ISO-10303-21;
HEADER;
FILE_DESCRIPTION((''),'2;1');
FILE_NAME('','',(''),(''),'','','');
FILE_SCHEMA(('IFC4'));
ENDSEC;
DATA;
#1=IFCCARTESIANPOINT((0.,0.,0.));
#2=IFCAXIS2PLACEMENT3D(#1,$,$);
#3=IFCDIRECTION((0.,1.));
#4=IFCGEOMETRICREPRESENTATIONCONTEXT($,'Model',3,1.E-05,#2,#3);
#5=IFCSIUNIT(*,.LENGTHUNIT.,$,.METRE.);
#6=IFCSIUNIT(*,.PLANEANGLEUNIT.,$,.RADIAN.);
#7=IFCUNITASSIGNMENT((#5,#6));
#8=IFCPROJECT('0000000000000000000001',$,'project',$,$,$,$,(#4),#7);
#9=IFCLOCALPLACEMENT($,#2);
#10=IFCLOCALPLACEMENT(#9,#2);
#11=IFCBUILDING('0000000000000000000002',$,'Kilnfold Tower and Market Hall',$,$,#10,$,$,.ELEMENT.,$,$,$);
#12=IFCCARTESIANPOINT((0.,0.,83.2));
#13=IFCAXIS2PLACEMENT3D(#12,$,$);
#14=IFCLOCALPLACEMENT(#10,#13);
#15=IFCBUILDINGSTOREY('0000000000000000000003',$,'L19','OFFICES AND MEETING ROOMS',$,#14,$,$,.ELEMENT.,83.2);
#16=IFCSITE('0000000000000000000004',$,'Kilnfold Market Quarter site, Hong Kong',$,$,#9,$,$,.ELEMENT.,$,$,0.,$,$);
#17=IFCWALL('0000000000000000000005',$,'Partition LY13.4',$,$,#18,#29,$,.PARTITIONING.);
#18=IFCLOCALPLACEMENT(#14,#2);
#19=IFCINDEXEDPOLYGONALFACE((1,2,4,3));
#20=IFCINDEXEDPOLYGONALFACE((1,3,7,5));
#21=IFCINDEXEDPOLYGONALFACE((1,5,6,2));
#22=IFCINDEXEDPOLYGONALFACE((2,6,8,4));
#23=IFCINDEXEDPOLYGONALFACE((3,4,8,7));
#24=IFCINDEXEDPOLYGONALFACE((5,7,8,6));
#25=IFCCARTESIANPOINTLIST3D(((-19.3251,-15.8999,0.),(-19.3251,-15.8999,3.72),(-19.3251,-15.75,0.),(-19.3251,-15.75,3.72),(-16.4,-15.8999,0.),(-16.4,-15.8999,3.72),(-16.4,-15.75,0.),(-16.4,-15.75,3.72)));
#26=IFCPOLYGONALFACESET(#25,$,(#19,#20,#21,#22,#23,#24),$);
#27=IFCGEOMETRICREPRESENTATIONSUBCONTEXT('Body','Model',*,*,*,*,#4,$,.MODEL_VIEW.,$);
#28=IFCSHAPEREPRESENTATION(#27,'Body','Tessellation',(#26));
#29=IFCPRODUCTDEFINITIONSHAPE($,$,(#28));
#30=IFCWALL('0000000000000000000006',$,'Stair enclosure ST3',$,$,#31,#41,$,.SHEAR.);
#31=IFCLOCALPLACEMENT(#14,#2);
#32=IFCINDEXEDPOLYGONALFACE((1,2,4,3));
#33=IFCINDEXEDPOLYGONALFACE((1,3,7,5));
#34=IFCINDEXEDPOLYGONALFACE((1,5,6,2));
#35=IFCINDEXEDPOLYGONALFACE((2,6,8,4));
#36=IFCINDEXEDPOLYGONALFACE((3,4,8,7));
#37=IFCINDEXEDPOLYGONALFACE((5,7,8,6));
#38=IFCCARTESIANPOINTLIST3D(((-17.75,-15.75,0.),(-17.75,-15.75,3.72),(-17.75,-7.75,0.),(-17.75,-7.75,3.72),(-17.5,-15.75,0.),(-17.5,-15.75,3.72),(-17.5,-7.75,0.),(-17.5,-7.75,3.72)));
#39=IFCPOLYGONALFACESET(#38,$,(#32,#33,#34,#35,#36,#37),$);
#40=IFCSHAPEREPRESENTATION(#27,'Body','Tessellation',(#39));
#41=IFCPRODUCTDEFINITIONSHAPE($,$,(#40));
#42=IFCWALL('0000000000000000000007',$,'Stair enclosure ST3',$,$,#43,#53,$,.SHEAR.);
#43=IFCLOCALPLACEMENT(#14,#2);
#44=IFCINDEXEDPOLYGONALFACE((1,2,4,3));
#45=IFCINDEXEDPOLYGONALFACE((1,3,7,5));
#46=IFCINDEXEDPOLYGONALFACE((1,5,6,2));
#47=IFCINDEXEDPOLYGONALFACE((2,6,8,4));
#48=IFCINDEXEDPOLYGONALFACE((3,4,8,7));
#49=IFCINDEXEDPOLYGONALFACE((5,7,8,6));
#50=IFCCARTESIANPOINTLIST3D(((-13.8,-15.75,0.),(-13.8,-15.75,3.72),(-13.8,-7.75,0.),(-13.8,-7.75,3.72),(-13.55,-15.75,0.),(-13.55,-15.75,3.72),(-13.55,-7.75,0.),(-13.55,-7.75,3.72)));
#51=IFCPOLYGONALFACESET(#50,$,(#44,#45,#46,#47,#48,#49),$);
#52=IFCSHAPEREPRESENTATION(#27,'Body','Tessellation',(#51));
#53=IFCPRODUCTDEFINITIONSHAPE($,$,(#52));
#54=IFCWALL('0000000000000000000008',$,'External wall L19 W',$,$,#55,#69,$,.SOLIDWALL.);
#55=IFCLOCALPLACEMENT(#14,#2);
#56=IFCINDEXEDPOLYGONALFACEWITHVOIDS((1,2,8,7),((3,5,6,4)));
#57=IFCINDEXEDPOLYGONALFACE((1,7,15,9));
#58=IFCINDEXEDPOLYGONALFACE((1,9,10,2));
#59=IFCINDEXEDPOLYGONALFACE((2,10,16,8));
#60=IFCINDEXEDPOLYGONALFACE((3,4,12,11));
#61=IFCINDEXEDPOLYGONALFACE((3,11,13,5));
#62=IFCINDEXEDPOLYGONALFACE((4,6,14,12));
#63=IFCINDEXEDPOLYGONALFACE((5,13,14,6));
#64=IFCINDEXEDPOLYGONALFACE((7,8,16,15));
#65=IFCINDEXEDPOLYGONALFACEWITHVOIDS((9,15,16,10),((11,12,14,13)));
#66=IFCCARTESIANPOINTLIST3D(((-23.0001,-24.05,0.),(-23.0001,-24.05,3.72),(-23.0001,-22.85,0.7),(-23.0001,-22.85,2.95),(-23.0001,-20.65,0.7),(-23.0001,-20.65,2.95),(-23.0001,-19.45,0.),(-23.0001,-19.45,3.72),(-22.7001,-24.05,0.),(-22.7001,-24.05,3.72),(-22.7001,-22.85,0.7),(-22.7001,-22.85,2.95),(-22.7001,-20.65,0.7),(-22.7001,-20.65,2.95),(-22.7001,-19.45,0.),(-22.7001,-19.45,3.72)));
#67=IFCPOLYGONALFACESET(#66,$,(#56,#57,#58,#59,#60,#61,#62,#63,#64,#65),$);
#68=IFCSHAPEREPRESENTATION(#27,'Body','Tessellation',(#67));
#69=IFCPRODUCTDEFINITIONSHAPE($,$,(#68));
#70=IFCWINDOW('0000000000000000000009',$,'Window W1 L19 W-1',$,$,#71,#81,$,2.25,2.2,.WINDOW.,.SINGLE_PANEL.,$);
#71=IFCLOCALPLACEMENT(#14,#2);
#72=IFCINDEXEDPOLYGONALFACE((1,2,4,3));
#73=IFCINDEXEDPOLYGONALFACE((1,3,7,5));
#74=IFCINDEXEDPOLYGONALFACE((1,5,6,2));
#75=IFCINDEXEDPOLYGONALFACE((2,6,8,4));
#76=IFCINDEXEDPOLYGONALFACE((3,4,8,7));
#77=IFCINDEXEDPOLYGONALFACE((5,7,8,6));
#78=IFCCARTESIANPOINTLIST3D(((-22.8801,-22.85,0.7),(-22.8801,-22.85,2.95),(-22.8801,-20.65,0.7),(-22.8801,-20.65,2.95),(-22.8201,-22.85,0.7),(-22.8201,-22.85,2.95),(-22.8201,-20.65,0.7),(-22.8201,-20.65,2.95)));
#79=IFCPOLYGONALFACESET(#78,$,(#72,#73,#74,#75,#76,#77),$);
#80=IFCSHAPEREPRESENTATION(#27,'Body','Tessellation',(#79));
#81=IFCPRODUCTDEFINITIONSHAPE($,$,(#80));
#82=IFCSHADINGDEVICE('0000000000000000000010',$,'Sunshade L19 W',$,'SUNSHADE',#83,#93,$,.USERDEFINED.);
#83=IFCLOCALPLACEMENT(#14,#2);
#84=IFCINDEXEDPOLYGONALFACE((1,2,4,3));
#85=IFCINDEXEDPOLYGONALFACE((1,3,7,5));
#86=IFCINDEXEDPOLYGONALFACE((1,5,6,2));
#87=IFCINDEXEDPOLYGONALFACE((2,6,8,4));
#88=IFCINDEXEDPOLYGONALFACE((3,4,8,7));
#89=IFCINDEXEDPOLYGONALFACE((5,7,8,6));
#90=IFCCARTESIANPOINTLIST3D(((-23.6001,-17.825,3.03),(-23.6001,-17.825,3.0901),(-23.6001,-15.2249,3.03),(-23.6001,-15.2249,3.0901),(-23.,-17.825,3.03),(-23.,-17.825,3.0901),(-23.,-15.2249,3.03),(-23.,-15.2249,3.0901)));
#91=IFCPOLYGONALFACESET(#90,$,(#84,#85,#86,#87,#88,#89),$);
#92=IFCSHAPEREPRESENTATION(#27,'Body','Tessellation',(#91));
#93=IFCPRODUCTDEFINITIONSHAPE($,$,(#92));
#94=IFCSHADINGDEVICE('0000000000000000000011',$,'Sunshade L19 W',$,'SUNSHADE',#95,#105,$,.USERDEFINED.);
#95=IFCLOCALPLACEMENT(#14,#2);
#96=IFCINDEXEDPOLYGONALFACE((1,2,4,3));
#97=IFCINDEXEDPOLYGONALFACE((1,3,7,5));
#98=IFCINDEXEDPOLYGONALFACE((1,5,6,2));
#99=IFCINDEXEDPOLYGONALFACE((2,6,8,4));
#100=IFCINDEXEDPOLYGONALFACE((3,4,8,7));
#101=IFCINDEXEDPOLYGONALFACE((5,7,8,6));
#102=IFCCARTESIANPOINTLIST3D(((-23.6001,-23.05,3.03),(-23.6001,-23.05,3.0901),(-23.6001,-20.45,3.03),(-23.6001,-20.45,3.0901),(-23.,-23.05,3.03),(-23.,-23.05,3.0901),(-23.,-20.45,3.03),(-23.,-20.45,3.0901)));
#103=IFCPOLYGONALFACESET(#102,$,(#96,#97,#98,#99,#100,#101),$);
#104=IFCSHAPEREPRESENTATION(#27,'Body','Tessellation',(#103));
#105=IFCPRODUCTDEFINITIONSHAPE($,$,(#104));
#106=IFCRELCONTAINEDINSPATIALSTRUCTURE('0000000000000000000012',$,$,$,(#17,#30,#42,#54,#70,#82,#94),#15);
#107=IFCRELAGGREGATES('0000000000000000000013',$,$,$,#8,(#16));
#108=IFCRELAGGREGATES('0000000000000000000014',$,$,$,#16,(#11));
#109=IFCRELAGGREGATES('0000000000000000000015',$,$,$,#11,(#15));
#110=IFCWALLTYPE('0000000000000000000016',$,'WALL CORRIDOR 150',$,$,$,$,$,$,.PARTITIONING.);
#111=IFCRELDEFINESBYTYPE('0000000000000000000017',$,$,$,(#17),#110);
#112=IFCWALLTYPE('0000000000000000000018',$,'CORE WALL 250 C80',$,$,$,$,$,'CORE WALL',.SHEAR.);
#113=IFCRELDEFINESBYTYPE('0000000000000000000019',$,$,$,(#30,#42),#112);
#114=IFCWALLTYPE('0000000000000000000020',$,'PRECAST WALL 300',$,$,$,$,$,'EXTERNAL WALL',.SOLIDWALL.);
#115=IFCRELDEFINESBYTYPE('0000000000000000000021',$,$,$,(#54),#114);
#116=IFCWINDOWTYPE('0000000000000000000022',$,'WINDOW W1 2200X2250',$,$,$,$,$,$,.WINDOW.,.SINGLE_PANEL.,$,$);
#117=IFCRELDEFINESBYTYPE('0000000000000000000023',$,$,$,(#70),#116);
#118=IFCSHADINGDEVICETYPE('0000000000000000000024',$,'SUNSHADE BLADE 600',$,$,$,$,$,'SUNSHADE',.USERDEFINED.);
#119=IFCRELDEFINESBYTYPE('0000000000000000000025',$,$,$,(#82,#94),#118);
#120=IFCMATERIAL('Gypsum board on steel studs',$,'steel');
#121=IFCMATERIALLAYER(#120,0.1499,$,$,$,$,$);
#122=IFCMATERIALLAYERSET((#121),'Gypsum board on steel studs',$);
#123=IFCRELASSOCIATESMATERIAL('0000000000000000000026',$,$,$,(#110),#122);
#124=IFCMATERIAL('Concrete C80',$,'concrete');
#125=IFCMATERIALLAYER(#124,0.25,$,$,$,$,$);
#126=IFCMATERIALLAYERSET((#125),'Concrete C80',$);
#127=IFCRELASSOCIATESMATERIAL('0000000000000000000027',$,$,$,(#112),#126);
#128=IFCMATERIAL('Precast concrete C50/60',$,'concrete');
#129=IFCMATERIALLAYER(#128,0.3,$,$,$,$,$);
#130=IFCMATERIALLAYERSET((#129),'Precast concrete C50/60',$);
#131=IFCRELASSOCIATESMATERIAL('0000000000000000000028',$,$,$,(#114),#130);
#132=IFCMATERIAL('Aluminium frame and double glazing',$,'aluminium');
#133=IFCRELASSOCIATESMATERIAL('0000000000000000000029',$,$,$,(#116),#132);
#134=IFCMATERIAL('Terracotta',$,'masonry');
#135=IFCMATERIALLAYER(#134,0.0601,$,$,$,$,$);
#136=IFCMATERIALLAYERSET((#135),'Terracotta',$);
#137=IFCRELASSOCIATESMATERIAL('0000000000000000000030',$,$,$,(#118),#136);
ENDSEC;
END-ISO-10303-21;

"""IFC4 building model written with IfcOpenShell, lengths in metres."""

from ifc_helpers import new_model, si_unit, direction, frame, frame_2d, origin, origin_2d, place, context, subcontext, project, spatial, rectangle, extrude, source, transform, mapped, material, layer, layer_set, type_object, element, fill, save


model = new_model("IFC4")

# Units and contexts
model_context = context("Model", 3, precision=1e-05, world=origin(), true_north=direction((0.0, 1.0)))
body_context = subcontext(model_context, "Body", "Model", "MODEL_VIEW")
ifc_project = project(units=[si_unit("LENGTHUNIT", "METRE"), si_unit("PLANEANGLEUNIT", "RADIAN")], contexts=[model_context])

# Site, building, storey
site_placement = place(None, origin())
site = spatial("IfcSite", under=ifc_project, at=site_placement, Name="Kilnfold Market Quarter site, Hong Kong", CompositionType="ELEMENT", RefElevation=0.0)
building_placement = place(site_placement, origin())
building = spatial("IfcBuilding", under=site, at=building_placement, Name="Kilnfold Tower and Market Hall", CompositionType="ELEMENT")
storey_placement = place(building_placement, frame((0.0, 0.0, 83.2)))
storey = spatial("IfcBuildingStorey", under=building, at=storey_placement, Name="L19", Description="OFFICES AND MEETING ROOMS", CompositionType="ELEMENT", Elevation=83.2)

# Shared definitions
ifc_material_1 = material(Name="Gypsum board on steel studs", Category="steel")
ifc_layer_1 = layer(ifc_material_1, 0.1499)
ifc_layer_set_1 = layer_set([ifc_layer_1], Name="Gypsum board on steel studs")
wall_type_1 = type_object("IfcWallType", Name="WALL CORRIDOR 150", PredefinedType="PARTITIONING", material=ifc_layer_set_1)

# Walls
wall_1_placement = place(storey_placement, frame((-19.325, -15.825, 0.0), z_axis=(0.0, 0.0, 1.0), x_axis=(1.0, 0.0, 0.0)))
element("IfcWall", 1, at=wall_1_placement, inside=storey, type_object=wall_type_1, Name="Partition LY13.4", PredefinedType="PARTITIONING", context=body_context, shape_type="SweptSolid", body=[
    extrude(rectangle(XDim=2.925, YDim=0.1499, at=frame_2d((1.4624, 0.0))), origin(), (0.0, 0.0, 1.0), 3.72),
])
ifc_material_2 = material(Name="Concrete C80", Category="concrete")
ifc_layer_2 = layer(ifc_material_2, 0.25)
ifc_layer_set_2 = layer_set([ifc_layer_2], Name="Concrete C80")
wall_type_2 = type_object("IfcWallType", Name="CORE WALL 250 C80", ElementType="CORE WALL", PredefinedType="SHEAR", material=ifc_layer_set_2)
shared_shape_1 = source(origin(), body_context, "Body", "SweptSolid", [
    extrude(rectangle(XDim=8.0, YDim=0.25, at=frame_2d((4.0, 0.0))), origin(), (0.0, 0.0, 1.0), 3.72),
])
for number, where, z_axis, x_axis, name in (
    (2, (-17.625, -15.75, 0.0), (0.0, 0.0, 1.0), (0.0, 1.0, 0.0), "Stair enclosure ST3"),
    (3, (-13.675, -15.75, 0.0), (0.0, 0.0, 1.0), (0.0, 1.0, 0.0), "Stair enclosure ST3"),
):
    element("IfcWall", number, at=place(storey_placement, frame(where, z_axis=z_axis, x_axis=x_axis)), inside=storey, type_object=wall_type_2, Name=name, PredefinedType="SHEAR", context=body_context, shape_type="MappedRepresentation", body=[
        mapped(shared_shape_1, transform((0.0, 0.0, 0.0))),
    ])

# Wall, opening, window
ifc_material_3 = material(Name="Precast concrete C50/60", Category="concrete")
ifc_layer_3 = layer(ifc_material_3, 0.3)
ifc_layer_set_3 = layer_set([ifc_layer_3], Name="Precast concrete C50/60")
wall_type_3 = type_object("IfcWallType", Name="PRECAST WALL 300", ElementType="EXTERNAL WALL", PredefinedType="SOLIDWALL", material=ifc_layer_set_3)
shared_shape_2 = source(origin(), body_context, "Body", "SweptSolid", [
    extrude(rectangle(XDim=4.6001, YDim=0.3, at=frame_2d((2.3, 0.0))), origin(), (0.0, 0.0, 1.0), 3.72),
])
wall_2_placement = place(storey_placement, frame((-22.8501, -19.45, 0.0), z_axis=(0.0, 0.0, 1.0), x_axis=(0.0, -1.0, 0.0)))
wall_2 = element("IfcWall", 4, at=wall_2_placement, inside=storey, type_object=wall_type_3, Name="External wall L19 W", PredefinedType="SOLIDWALL", context=body_context, shape_type="MappedRepresentation", body=[
    mapped(shared_shape_2, transform((0.0, 0.0, 0.0))),
])
opening_1_placement = place(wall_2_placement, frame((1.2, 0.0, 0.7)))
opening_1 = element("IfcOpeningElement", 5, at=opening_1_placement, cuts=wall_2, PredefinedType="OPENING", context=body_context, shape_type="SweptSolid", body=[
    extrude(rectangle(XDim=2.2, YDim=2.25, at=frame_2d((1.1001, 1.125))), frame((0.0, 0.1602, 0.0), z_axis=(0.0, -1.0, 0.0), x_axis=(1.0, 0.0, 0.0)), (0.0, 0.0, 1.0), 0.3201),
])
ifc_material_4 = material(Name="Aluminium frame and double glazing", Category="aluminium")
window_type = type_object("IfcWindowType", Name="WINDOW W1 2200X2250", PartitioningType="SINGLE_PANEL", PredefinedType="WINDOW", material=ifc_material_4)
window_placement = place(opening_1_placement, origin())
window = element("IfcWindow", 6, at=window_placement, inside=storey, type_object=window_type, Name="Window W1 L19 W-1", OverallHeight=2.25, OverallWidth=2.2, PartitioningType="SINGLE_PANEL", PredefinedType="WINDOW", context=body_context, shape_type="SweptSolid", body=[
    extrude(rectangle(XDim=2.2, YDim=2.25, at=frame_2d((1.1001, 1.125))), frame((0.0, 0.03, 0.0), z_axis=(0.0, -1.0, 0.0), x_axis=(1.0, 0.0, 0.0)), (0.0, 0.0, 1.0), 0.0601),
])
fill(opening_1, window)

# Shading devices
ifc_material_5 = material(Name="Terracotta", Category="masonry")
ifc_layer_4 = layer(ifc_material_5, 0.0601)
ifc_layer_set_4 = layer_set([ifc_layer_4], Name="Terracotta")
shading_device_type = type_object("IfcShadingDeviceType", Name="SUNSHADE BLADE 600", ElementType="SUNSHADE", PredefinedType="USERDEFINED", material=ifc_layer_set_4)
shared_shape_3 = source(origin(), body_context, "Body", "SweptSolid", [
    extrude(rectangle(XDim=2.6001, YDim=0.6001, at=origin_2d()), origin(), (0.0, 0.0, 1.0), 0.0601),
])
for number, where, z_axis, x_axis, name in (
    (7, (-23.3, -16.5249, 3.03), (0.0, 0.0, 1.0), (0.0, -1.0, 0.0), "Sunshade L19 W"),
    (8, (-23.3, -21.75, 3.03), (0.0, 0.0, 1.0), (0.0, -1.0, 0.0), "Sunshade L19 W"),
):
    element("IfcShadingDevice", number, at=place(storey_placement, frame(where, z_axis=z_axis, x_axis=x_axis)), inside=storey, type_object=shading_device_type, Name=name, ObjectType="SUNSHADE", PredefinedType="USERDEFINED", context=body_context, shape_type="MappedRepresentation", body=[
        mapped(shared_shape_3, transform((0.0, 0.0, 0.0))),
    ])

save(model, "model.ifc")
